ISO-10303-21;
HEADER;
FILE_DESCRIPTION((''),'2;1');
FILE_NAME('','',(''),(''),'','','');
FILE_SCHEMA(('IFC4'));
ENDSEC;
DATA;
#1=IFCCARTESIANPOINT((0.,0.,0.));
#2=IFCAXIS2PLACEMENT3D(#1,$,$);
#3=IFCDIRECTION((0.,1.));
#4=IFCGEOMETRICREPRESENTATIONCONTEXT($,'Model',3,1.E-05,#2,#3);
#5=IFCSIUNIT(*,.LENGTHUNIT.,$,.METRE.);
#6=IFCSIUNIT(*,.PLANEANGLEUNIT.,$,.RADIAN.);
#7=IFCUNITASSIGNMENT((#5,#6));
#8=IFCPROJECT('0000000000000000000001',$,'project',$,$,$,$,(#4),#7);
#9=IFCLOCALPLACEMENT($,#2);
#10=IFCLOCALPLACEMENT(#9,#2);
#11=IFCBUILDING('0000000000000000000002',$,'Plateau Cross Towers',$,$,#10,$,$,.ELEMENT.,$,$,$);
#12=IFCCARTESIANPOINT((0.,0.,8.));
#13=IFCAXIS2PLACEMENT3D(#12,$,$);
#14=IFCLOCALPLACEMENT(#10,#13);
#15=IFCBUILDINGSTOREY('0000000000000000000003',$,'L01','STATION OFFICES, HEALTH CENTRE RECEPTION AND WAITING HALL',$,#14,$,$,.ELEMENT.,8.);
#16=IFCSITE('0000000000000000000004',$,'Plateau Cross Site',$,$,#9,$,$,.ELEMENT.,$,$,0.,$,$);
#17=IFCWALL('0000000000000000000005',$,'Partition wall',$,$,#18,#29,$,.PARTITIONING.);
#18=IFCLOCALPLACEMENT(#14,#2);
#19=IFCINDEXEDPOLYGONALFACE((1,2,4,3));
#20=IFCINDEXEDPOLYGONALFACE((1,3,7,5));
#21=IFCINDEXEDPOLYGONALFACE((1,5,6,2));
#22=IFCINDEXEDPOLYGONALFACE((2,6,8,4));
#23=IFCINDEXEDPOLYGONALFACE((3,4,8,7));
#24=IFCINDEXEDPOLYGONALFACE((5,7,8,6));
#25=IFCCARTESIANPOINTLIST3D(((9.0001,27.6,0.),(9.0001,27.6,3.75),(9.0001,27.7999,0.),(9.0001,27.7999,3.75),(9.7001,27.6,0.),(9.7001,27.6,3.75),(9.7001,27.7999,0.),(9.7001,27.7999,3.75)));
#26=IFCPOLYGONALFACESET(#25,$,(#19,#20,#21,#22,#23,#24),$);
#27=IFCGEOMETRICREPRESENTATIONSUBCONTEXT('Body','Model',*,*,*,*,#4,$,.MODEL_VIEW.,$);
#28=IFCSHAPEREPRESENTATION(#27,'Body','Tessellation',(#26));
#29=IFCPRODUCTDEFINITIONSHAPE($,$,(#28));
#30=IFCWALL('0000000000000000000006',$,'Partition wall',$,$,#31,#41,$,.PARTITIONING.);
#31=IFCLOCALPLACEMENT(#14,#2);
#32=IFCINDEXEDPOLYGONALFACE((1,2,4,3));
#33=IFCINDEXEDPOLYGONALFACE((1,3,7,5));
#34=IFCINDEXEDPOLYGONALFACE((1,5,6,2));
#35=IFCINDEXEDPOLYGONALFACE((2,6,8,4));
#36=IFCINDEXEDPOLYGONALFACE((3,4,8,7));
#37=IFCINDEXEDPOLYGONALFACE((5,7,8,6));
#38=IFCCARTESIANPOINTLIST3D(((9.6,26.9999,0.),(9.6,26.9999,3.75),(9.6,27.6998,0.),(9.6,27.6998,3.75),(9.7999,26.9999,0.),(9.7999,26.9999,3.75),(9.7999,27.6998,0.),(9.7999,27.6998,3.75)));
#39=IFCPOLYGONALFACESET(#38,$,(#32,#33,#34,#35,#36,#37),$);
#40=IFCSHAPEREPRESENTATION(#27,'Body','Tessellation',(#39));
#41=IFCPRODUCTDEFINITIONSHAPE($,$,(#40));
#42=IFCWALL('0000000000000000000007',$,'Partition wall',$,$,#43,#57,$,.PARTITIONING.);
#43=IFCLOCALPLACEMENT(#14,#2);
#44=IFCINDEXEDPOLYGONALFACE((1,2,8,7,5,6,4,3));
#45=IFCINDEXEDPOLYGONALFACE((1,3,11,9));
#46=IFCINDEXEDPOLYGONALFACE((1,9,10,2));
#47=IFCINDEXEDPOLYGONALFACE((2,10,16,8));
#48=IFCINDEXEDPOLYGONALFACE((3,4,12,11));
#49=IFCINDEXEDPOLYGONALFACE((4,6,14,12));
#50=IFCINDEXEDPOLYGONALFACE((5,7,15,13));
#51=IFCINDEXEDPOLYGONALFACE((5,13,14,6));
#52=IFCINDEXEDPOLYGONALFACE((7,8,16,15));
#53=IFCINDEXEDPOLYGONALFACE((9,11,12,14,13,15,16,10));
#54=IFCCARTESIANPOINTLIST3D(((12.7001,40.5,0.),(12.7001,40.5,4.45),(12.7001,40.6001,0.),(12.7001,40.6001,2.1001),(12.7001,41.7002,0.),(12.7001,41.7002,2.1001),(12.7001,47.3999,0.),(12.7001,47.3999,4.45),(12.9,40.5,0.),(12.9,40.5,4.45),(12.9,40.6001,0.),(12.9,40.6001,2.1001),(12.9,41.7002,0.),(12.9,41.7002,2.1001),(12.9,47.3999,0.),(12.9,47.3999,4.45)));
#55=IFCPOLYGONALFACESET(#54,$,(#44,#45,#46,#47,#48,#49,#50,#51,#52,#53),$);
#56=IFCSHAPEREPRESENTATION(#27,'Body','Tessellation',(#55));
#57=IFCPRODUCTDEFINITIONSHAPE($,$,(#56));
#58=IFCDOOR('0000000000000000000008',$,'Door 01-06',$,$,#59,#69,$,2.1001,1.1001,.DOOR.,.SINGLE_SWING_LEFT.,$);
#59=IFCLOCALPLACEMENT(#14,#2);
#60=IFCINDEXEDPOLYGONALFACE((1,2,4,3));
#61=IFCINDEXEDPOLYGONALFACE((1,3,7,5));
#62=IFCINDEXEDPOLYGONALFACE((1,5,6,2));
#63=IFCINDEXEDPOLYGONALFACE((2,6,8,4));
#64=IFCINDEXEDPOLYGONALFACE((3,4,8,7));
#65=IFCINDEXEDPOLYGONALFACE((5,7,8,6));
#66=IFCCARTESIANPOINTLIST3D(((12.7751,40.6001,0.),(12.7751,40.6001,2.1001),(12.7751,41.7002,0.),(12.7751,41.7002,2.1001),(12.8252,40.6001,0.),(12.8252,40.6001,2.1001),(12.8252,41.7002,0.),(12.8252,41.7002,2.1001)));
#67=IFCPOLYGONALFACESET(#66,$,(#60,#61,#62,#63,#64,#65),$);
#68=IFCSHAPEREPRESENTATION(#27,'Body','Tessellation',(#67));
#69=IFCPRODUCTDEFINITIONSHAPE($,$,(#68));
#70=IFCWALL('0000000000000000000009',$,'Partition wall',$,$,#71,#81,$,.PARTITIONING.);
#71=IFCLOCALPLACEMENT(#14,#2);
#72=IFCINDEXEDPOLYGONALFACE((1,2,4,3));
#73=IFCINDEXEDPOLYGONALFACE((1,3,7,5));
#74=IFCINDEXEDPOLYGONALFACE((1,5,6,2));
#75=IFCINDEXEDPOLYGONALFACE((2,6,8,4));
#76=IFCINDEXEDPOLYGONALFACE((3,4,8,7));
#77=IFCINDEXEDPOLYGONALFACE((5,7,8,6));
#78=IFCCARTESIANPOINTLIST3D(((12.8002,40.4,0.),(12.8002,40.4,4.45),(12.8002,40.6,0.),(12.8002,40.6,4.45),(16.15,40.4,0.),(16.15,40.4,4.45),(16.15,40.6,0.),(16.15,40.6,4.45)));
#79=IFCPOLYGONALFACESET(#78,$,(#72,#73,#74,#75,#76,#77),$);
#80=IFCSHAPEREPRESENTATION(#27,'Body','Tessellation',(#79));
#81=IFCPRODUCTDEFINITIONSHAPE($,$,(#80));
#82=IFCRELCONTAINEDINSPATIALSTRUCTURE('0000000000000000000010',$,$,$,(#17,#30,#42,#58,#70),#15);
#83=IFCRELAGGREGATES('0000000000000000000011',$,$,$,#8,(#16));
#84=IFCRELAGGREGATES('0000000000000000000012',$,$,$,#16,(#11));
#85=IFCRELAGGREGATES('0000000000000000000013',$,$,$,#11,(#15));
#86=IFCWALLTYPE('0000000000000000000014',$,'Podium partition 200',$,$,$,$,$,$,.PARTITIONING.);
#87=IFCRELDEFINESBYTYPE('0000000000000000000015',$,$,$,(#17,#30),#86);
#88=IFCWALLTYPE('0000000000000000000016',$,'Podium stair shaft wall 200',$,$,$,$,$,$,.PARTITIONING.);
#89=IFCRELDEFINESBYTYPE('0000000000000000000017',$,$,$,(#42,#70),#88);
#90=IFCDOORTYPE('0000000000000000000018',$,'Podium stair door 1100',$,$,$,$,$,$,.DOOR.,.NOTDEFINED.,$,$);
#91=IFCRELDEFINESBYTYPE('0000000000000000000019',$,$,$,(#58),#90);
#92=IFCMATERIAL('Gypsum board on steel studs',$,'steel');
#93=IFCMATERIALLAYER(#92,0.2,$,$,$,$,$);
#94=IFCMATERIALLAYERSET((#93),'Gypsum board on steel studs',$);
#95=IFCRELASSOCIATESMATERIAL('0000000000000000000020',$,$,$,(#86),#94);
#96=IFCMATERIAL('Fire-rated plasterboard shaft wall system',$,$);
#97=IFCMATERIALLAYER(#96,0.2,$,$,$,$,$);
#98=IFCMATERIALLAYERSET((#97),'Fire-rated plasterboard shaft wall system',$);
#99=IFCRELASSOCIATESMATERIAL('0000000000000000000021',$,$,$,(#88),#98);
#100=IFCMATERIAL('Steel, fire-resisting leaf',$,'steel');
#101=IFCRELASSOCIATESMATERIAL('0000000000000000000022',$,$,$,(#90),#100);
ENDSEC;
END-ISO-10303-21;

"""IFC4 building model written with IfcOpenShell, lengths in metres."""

from ifc_helpers import new_model, si_unit, direction, frame, frame_2d, origin, place, context, subcontext, project, spatial, rectangle, extrude, material, layer, layer_set, type_object, element, fill, save


model = new_model("IFC4")

# Units and contexts
model_context = context("Model", 3, precision=1e-05, world=origin(), true_north=direction((0.0, 1.0)))
body_context = subcontext(model_context, "Body", "Model", "MODEL_VIEW")
ifc_project = project(units=[si_unit("LENGTHUNIT", "METRE"), si_unit("PLANEANGLEUNIT", "RADIAN")], contexts=[model_context])

# Site, building, storey
site_placement = place(None, origin())
site = spatial("IfcSite", under=ifc_project, at=site_placement, Name="Plateau Cross Site", CompositionType="ELEMENT", RefElevation=0.0)
building_placement = place(site_placement, origin())
building = spatial("IfcBuilding", under=site, at=building_placement, Name="Plateau Cross Towers", CompositionType="ELEMENT")
storey_placement = place(building_placement, frame((0.0, 0.0, 8.0)))
storey = spatial("IfcBuildingStorey", under=building, at=storey_placement, Name="L01", Description="STATION OFFICES, HEALTH CENTRE RECEPTION AND WAITING HALL", CompositionType="ELEMENT", Elevation=8.0)

# Shared definitions
ifc_material_1 = material(Name="Gypsum board on steel studs", Category="steel")
ifc_layer_1 = layer(ifc_material_1, 0.2)
ifc_layer_set_1 = layer_set([ifc_layer_1], Name="Gypsum board on steel studs")
wall_type_1 = type_object("IfcWallType", Name="Podium partition 200", PredefinedType="PARTITIONING", material=ifc_layer_set_1)

# Walls
for number, where, z_axis, x_axis, name in (
    (1, (9.0, 27.7, 0.0), (0.0, 0.0, 1.0), (1.0, 0.0, 0.0), "Partition wall"),
    (2, (9.7, 27.7, 0.0), (0.0, 0.0, 1.0), (0.0, -1.0, 0.0), "Partition wall"),
):
    element("IfcWall", number, at=place(storey_placement, frame(where, z_axis=z_axis, x_axis=x_axis)), inside=storey, type_object=wall_type_1, Name=name, PredefinedType="PARTITIONING", context=body_context, shape_type="SweptSolid", body=[
        extrude(rectangle(XDim=0.7, YDim=0.2, at=frame_2d((0.3501, 0.0))), origin(), (0.0, 0.0, 1.0), 3.75),
    ])

# Wall, opening, door
ifc_material_2 = material(Name="Fire-rated plasterboard shaft wall system")
ifc_layer_2 = layer(ifc_material_2, 0.2)
ifc_layer_set_2 = layer_set([ifc_layer_2], Name="Fire-rated plasterboard shaft wall system")
wall_type_2 = type_object("IfcWallType", Name="Podium stair shaft wall 200", PredefinedType="PARTITIONING", material=ifc_layer_set_2)
wall_1_placement = place(storey_placement, frame((12.8, 40.5, 0.0), z_axis=(0.0, 0.0, 1.0), x_axis=(0.0, 1.0, 0.0)))
wall_1 = element("IfcWall", 3, at=wall_1_placement, inside=storey, type_object=wall_type_2, Name="Partition wall", PredefinedType="PARTITIONING", context=body_context, shape_type="SweptSolid", body=[
    extrude(rectangle(XDim=6.8999, YDim=0.2, at=frame_2d((3.45, 0.0))), origin(), (0.0, 0.0, 1.0), 4.45),
])
opening_1_placement = place(wall_1_placement, frame((0.1001, 0.0, 0.0)))
opening_1 = element("IfcOpeningElement", 4, at=opening_1_placement, cuts=wall_1, PredefinedType="OPENING", context=body_context, shape_type="SweptSolid", body=[
    extrude(rectangle(XDim=1.1001, YDim=2.1001, at=frame_2d((0.55, 1.05))), frame((0.0, 0.1099, 0.0), z_axis=(0.0, -1.0, 0.0), x_axis=(1.0, 0.0, 0.0)), (0.0, 0.0, 1.0), 0.22),
])
ifc_material_3 = material(Name="Steel, fire-resisting leaf", Category="steel")
door_type_1 = type_object("IfcDoorType", Name="Podium stair door 1100", OperationType="NOTDEFINED", PredefinedType="DOOR", material=ifc_material_3)
door_1_placement = place(opening_1_placement, origin())
door_1 = element("IfcDoor", 5, at=door_1_placement, inside=storey, type_object=door_type_1, Name="Door 01-06", OperationType="SINGLE_SWING_LEFT", OverallHeight=2.1001, OverallWidth=1.1001, PredefinedType="DOOR", context=body_context, shape_type="SweptSolid", body=[
    extrude(rectangle(XDim=1.1001, YDim=2.1001, at=frame_2d((0.55, 1.05))), frame((0.0, 0.0249, 0.0), z_axis=(0.0, -1.0, 0.0), x_axis=(1.0, 0.0, 0.0)), (0.0, 0.0, 1.0), 0.05),
])
fill(opening_1, door_1)

# Wall
wall_2_placement = place(storey_placement, frame((16.1499, 40.5, 0.0), z_axis=(0.0, 0.0, 1.0), x_axis=(-1.0, 0.0, 0.0)))
element("IfcWall", 6, at=wall_2_placement, inside=storey, type_object=wall_type_2, Name="Partition wall", PredefinedType="PARTITIONING", context=body_context, shape_type="SweptSolid", body=[
    extrude(rectangle(XDim=3.3499, YDim=0.2, at=frame_2d((1.6748, 0.0))), origin(), (0.0, 0.0, 1.0), 4.45),
])

save(model, "model.ifc")
